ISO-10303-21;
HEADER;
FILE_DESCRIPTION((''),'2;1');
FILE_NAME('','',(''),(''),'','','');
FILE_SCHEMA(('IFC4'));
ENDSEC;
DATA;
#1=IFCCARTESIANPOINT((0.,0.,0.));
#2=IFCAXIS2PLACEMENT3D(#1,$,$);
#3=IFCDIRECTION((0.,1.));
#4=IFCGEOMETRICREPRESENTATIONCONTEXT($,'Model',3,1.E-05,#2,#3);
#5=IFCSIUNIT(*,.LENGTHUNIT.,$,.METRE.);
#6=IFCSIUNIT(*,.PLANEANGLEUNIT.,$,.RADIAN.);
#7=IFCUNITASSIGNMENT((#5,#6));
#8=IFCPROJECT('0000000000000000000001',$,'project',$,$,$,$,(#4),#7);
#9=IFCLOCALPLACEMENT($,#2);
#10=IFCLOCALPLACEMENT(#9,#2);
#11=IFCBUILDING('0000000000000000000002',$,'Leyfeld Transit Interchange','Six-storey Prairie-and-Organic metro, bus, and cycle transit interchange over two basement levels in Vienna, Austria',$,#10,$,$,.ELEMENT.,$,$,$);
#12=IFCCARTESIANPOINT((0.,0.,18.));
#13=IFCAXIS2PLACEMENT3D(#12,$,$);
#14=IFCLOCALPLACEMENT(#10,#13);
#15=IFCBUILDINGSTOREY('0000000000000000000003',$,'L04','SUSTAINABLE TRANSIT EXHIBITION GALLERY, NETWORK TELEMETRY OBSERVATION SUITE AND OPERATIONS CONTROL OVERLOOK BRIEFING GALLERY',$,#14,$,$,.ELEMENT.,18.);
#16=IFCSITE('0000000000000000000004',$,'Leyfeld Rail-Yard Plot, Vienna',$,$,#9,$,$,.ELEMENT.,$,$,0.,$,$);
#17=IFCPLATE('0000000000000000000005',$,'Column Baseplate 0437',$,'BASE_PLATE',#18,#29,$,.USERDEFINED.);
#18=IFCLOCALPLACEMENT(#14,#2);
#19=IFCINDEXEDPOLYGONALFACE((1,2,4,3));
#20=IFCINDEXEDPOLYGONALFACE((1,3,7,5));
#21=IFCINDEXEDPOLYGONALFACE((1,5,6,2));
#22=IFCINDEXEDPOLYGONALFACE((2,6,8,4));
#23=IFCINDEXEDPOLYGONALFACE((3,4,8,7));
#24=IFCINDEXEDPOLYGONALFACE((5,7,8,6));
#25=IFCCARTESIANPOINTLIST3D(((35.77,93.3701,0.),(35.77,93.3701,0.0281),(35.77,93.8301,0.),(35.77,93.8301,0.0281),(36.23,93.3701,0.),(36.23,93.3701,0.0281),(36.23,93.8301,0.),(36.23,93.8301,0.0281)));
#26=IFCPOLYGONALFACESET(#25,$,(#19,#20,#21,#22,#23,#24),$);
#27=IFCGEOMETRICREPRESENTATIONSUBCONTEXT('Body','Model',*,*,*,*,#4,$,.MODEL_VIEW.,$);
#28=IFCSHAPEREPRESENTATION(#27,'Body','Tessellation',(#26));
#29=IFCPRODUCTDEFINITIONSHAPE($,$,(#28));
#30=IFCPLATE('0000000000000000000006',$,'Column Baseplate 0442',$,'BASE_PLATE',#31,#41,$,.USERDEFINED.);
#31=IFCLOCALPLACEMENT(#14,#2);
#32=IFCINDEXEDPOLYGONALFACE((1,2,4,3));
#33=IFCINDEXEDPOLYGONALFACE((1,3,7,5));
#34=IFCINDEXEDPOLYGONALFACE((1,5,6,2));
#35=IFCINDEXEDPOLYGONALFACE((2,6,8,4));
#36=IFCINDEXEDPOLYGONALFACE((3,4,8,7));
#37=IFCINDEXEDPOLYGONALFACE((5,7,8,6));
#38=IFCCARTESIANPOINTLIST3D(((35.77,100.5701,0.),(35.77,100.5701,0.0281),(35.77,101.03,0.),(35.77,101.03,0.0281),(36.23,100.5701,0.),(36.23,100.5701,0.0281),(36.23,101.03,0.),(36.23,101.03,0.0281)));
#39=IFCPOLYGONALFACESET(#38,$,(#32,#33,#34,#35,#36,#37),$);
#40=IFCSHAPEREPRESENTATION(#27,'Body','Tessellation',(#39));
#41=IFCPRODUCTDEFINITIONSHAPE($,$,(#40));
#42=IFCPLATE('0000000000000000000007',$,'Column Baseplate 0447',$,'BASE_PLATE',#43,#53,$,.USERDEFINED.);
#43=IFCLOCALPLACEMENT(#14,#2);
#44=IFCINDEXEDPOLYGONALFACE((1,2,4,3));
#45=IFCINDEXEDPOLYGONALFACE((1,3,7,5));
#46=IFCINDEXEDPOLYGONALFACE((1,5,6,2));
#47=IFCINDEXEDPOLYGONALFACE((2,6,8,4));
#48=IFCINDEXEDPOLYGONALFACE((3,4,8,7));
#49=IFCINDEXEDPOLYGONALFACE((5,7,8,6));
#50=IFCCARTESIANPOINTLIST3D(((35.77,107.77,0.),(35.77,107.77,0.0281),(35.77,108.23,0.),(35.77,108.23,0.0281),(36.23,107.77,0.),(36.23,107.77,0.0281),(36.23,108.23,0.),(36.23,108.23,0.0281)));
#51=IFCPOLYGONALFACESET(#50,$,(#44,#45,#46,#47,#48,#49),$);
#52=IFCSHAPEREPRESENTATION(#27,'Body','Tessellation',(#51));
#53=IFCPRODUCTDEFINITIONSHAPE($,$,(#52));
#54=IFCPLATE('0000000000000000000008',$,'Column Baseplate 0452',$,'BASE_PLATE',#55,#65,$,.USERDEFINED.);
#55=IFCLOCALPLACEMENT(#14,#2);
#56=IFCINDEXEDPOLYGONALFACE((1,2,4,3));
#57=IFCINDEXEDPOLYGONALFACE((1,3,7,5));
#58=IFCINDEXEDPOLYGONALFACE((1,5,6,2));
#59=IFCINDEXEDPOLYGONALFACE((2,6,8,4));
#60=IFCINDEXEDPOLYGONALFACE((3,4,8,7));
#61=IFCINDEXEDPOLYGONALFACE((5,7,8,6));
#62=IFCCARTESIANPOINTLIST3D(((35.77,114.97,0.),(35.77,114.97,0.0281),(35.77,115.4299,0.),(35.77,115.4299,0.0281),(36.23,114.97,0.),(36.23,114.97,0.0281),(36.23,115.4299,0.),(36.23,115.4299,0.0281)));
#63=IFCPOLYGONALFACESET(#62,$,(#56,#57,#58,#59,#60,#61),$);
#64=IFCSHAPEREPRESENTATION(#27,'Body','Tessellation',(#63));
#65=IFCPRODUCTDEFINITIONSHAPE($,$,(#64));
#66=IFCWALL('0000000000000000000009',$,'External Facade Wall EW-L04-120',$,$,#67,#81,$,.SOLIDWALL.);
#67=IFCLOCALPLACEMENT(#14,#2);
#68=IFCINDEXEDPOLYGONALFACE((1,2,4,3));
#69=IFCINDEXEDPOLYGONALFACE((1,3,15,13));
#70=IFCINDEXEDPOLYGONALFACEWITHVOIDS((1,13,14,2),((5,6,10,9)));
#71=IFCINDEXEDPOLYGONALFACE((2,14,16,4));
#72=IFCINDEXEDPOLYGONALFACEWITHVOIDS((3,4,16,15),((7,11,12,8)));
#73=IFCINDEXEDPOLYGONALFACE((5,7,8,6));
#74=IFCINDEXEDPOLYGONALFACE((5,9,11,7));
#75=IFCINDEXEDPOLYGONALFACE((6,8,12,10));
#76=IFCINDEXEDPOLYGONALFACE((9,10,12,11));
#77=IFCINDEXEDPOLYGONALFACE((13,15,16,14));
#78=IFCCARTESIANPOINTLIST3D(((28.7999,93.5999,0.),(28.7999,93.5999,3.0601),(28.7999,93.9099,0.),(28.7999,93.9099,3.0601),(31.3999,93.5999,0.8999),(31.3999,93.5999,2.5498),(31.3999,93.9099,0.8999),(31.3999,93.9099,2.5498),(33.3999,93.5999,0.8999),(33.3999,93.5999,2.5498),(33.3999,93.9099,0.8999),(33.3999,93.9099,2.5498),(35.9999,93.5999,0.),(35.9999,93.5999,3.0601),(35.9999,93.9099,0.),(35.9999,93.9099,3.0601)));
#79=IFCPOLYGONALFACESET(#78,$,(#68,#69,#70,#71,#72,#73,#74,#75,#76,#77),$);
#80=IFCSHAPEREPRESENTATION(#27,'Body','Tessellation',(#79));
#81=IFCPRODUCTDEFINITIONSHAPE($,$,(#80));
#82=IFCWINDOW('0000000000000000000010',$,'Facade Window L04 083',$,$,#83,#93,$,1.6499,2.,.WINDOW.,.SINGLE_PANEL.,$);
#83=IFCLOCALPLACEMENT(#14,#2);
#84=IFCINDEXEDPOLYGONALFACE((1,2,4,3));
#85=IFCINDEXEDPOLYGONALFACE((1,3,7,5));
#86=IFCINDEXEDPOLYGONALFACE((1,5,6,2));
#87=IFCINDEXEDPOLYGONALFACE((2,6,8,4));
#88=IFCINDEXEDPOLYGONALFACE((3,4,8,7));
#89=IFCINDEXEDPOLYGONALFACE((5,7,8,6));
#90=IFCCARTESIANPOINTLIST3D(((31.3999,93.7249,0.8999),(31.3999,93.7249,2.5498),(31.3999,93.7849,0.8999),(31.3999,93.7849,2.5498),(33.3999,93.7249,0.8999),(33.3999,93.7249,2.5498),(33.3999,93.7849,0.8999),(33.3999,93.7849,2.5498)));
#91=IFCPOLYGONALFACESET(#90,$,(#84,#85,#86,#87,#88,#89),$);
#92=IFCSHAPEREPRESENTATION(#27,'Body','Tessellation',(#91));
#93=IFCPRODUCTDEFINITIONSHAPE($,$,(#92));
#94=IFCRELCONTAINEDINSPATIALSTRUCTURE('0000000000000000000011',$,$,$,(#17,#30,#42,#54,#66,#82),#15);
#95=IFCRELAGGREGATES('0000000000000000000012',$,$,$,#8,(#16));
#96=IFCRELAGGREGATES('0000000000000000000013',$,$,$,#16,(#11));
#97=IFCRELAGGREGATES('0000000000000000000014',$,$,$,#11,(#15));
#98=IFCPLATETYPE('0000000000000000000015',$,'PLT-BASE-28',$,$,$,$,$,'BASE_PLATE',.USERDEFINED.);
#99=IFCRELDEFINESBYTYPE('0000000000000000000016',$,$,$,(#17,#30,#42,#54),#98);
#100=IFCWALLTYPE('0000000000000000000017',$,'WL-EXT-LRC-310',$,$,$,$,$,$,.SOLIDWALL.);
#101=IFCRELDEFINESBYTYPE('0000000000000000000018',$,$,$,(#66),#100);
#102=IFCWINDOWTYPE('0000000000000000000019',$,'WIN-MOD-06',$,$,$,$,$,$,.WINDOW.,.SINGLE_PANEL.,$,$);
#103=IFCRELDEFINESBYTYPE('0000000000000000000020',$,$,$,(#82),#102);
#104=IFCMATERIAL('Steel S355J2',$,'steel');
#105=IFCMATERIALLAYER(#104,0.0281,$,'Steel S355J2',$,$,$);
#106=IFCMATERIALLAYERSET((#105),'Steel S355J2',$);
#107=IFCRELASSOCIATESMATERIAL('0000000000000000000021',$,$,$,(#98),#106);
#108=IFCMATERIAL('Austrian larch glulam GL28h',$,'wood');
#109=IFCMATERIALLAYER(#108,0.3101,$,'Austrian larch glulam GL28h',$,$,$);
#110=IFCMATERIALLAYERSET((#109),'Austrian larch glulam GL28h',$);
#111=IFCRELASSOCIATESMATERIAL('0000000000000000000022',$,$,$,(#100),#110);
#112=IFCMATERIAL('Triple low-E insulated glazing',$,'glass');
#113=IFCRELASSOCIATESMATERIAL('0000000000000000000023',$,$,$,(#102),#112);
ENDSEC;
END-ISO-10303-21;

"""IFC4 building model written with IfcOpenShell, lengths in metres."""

from ifc_helpers import new_model, si_unit, direction, frame, frame_2d, origin, origin_2d, place, context, subcontext, project, spatial, rectangle, extrude, material, layer, layer_set, type_object, element, fill, save


model = new_model("IFC4")

# Units and contexts
model_context = context("Model", 3, precision=1e-05, world=origin(), true_north=direction((0.0, 1.0)))
body_context = subcontext(model_context, "Body", "Model", "MODEL_VIEW")
ifc_project = project(units=[si_unit("LENGTHUNIT", "METRE"), si_unit("PLANEANGLEUNIT", "RADIAN")], contexts=[model_context])

# Site, building, storey
site_placement = place(None, origin())
site = spatial("IfcSite", under=ifc_project, at=site_placement, Name="Leyfeld Rail-Yard Plot, Vienna", CompositionType="ELEMENT", RefElevation=0.0)
building_placement = place(site_placement, origin())
building = spatial("IfcBuilding", under=site, at=building_placement, Name="Leyfeld Transit Interchange", Description="Six-storey Prairie-and-Organic metro, bus, and cycle transit interchange over two basement levels in Vienna, Austria", CompositionType="ELEMENT")
storey_placement = place(building_placement, frame((0.0, 0.0, 18.0)))
storey = spatial("IfcBuildingStorey", under=building, at=storey_placement, Name="L04", Description="SUSTAINABLE TRANSIT EXHIBITION GALLERY, NETWORK TELEMETRY OBSERVATION SUITE AND OPERATIONS CONTROL OVERLOOK BRIEFING GALLERY", CompositionType="ELEMENT", Elevation=18.0)

# Shared definitions
ifc_material_1 = material(Name="Steel S355J2", Category="steel")

# Shared definitions
ifc_material_2 = material(Name="Triple low-E insulated glazing", Category="glass")

# Plates
ifc_layer_1 = layer(ifc_material_1, 0.0281, Name="Steel S355J2")
ifc_layer_set_1 = layer_set([ifc_layer_1], Name="Steel S355J2")
plate_type_1 = type_object("IfcPlateType", Name="PLT-BASE-28", ElementType="BASE_PLATE", PredefinedType="USERDEFINED", material=ifc_layer_set_1)
for number, where, z_axis, x_axis, name in (
    (1, (36.0, 93.6001, 0.0), (0.0, 0.0, 1.0), (1.0, 0.0, 0.0), "Column Baseplate 0437"),
    (2, (36.0, 100.8, 0.0), (0.0, 0.0, 1.0), (1.0, 0.0, 0.0), "Column Baseplate 0442"),
    (3, (36.0, 108.0, 0.0), (0.0, 0.0, 1.0), (1.0, 0.0, 0.0), "Column Baseplate 0447"),
    (4, (36.0, 115.2, 0.0), (0.0, 0.0, 1.0), (1.0, 0.0, 0.0), "Column Baseplate 0452"),
):
    element("IfcPlate", number, at=place(storey_placement, frame(where, z_axis=z_axis, x_axis=x_axis)), inside=storey, type_object=plate_type_1, Name=name, ObjectType="BASE_PLATE", PredefinedType="USERDEFINED", context=body_context, shape_type="SweptSolid", body=[
        extrude(rectangle(XDim=0.46, YDim=0.46, at=origin_2d()), origin(), (0.0, 0.0, 1.0), 0.0281),
    ])

# Wall, opening, window
ifc_material_3 = material(Name="Austrian larch glulam GL28h", Category="wood")
ifc_layer_2 = layer(ifc_material_3, 0.3101, Name="Austrian larch glulam GL28h")
ifc_layer_set_2 = layer_set([ifc_layer_2], Name="Austrian larch glulam GL28h")
wall_type = type_object("IfcWallType", Name="WL-EXT-LRC-310", PredefinedType="SOLIDWALL", material=ifc_layer_set_2)
wall_placement = place(storey_placement, frame((36.0, 93.7549, 0.0), z_axis=(0.0, 0.0, 1.0), x_axis=(-1.0, 0.0, 0.0)))
wall = element("IfcWall", 5, at=wall_placement, inside=storey, type_object=wall_type, Name="External Facade Wall EW-L04-120", PredefinedType="SOLIDWALL", context=body_context, shape_type="SweptSolid", body=[
    extrude(rectangle(XDim=7.2, YDim=0.3101, at=frame_2d((3.6001, 0.0))), origin(), (0.0, 0.0, 1.0), 3.0601),
])
opening_placement = place(wall_placement, frame((2.6001, 0.0, 0.8999)))
opening = element("IfcOpeningElement", 6, at=opening_placement, cuts=wall, PredefinedType="OPENING", context=body_context, shape_type="SweptSolid", body=[
    extrude(rectangle(XDim=2.0, YDim=1.6499, at=frame_2d((1.0, 0.825))), frame((0.0, 0.165, 0.0), z_axis=(0.0, -1.0, 0.0), x_axis=(1.0, 0.0, 0.0)), (0.0, 0.0, 1.0), 0.3301),
])
window_type = type_object("IfcWindowType", Name="WIN-MOD-06", PartitioningType="SINGLE_PANEL", PredefinedType="WINDOW", material=ifc_material_2)
window_placement = place(opening_placement, origin())
window = element("IfcWindow", 7, at=window_placement, inside=storey, type_object=window_type, Name="Facade Window L04 083", OverallHeight=1.6499, OverallWidth=2.0, PartitioningType="SINGLE_PANEL", PredefinedType="WINDOW", context=body_context, shape_type="SweptSolid", body=[
    extrude(rectangle(XDim=2.0, YDim=1.6499, at=frame_2d((1.0, 0.825))), frame((0.0, 0.03, 0.0), z_axis=(0.0, -1.0, 0.0), x_axis=(1.0, 0.0, 0.0)), (0.0, 0.0, 1.0), 0.0601),
])
fill(opening, window)

save(model, "model.ifc")
